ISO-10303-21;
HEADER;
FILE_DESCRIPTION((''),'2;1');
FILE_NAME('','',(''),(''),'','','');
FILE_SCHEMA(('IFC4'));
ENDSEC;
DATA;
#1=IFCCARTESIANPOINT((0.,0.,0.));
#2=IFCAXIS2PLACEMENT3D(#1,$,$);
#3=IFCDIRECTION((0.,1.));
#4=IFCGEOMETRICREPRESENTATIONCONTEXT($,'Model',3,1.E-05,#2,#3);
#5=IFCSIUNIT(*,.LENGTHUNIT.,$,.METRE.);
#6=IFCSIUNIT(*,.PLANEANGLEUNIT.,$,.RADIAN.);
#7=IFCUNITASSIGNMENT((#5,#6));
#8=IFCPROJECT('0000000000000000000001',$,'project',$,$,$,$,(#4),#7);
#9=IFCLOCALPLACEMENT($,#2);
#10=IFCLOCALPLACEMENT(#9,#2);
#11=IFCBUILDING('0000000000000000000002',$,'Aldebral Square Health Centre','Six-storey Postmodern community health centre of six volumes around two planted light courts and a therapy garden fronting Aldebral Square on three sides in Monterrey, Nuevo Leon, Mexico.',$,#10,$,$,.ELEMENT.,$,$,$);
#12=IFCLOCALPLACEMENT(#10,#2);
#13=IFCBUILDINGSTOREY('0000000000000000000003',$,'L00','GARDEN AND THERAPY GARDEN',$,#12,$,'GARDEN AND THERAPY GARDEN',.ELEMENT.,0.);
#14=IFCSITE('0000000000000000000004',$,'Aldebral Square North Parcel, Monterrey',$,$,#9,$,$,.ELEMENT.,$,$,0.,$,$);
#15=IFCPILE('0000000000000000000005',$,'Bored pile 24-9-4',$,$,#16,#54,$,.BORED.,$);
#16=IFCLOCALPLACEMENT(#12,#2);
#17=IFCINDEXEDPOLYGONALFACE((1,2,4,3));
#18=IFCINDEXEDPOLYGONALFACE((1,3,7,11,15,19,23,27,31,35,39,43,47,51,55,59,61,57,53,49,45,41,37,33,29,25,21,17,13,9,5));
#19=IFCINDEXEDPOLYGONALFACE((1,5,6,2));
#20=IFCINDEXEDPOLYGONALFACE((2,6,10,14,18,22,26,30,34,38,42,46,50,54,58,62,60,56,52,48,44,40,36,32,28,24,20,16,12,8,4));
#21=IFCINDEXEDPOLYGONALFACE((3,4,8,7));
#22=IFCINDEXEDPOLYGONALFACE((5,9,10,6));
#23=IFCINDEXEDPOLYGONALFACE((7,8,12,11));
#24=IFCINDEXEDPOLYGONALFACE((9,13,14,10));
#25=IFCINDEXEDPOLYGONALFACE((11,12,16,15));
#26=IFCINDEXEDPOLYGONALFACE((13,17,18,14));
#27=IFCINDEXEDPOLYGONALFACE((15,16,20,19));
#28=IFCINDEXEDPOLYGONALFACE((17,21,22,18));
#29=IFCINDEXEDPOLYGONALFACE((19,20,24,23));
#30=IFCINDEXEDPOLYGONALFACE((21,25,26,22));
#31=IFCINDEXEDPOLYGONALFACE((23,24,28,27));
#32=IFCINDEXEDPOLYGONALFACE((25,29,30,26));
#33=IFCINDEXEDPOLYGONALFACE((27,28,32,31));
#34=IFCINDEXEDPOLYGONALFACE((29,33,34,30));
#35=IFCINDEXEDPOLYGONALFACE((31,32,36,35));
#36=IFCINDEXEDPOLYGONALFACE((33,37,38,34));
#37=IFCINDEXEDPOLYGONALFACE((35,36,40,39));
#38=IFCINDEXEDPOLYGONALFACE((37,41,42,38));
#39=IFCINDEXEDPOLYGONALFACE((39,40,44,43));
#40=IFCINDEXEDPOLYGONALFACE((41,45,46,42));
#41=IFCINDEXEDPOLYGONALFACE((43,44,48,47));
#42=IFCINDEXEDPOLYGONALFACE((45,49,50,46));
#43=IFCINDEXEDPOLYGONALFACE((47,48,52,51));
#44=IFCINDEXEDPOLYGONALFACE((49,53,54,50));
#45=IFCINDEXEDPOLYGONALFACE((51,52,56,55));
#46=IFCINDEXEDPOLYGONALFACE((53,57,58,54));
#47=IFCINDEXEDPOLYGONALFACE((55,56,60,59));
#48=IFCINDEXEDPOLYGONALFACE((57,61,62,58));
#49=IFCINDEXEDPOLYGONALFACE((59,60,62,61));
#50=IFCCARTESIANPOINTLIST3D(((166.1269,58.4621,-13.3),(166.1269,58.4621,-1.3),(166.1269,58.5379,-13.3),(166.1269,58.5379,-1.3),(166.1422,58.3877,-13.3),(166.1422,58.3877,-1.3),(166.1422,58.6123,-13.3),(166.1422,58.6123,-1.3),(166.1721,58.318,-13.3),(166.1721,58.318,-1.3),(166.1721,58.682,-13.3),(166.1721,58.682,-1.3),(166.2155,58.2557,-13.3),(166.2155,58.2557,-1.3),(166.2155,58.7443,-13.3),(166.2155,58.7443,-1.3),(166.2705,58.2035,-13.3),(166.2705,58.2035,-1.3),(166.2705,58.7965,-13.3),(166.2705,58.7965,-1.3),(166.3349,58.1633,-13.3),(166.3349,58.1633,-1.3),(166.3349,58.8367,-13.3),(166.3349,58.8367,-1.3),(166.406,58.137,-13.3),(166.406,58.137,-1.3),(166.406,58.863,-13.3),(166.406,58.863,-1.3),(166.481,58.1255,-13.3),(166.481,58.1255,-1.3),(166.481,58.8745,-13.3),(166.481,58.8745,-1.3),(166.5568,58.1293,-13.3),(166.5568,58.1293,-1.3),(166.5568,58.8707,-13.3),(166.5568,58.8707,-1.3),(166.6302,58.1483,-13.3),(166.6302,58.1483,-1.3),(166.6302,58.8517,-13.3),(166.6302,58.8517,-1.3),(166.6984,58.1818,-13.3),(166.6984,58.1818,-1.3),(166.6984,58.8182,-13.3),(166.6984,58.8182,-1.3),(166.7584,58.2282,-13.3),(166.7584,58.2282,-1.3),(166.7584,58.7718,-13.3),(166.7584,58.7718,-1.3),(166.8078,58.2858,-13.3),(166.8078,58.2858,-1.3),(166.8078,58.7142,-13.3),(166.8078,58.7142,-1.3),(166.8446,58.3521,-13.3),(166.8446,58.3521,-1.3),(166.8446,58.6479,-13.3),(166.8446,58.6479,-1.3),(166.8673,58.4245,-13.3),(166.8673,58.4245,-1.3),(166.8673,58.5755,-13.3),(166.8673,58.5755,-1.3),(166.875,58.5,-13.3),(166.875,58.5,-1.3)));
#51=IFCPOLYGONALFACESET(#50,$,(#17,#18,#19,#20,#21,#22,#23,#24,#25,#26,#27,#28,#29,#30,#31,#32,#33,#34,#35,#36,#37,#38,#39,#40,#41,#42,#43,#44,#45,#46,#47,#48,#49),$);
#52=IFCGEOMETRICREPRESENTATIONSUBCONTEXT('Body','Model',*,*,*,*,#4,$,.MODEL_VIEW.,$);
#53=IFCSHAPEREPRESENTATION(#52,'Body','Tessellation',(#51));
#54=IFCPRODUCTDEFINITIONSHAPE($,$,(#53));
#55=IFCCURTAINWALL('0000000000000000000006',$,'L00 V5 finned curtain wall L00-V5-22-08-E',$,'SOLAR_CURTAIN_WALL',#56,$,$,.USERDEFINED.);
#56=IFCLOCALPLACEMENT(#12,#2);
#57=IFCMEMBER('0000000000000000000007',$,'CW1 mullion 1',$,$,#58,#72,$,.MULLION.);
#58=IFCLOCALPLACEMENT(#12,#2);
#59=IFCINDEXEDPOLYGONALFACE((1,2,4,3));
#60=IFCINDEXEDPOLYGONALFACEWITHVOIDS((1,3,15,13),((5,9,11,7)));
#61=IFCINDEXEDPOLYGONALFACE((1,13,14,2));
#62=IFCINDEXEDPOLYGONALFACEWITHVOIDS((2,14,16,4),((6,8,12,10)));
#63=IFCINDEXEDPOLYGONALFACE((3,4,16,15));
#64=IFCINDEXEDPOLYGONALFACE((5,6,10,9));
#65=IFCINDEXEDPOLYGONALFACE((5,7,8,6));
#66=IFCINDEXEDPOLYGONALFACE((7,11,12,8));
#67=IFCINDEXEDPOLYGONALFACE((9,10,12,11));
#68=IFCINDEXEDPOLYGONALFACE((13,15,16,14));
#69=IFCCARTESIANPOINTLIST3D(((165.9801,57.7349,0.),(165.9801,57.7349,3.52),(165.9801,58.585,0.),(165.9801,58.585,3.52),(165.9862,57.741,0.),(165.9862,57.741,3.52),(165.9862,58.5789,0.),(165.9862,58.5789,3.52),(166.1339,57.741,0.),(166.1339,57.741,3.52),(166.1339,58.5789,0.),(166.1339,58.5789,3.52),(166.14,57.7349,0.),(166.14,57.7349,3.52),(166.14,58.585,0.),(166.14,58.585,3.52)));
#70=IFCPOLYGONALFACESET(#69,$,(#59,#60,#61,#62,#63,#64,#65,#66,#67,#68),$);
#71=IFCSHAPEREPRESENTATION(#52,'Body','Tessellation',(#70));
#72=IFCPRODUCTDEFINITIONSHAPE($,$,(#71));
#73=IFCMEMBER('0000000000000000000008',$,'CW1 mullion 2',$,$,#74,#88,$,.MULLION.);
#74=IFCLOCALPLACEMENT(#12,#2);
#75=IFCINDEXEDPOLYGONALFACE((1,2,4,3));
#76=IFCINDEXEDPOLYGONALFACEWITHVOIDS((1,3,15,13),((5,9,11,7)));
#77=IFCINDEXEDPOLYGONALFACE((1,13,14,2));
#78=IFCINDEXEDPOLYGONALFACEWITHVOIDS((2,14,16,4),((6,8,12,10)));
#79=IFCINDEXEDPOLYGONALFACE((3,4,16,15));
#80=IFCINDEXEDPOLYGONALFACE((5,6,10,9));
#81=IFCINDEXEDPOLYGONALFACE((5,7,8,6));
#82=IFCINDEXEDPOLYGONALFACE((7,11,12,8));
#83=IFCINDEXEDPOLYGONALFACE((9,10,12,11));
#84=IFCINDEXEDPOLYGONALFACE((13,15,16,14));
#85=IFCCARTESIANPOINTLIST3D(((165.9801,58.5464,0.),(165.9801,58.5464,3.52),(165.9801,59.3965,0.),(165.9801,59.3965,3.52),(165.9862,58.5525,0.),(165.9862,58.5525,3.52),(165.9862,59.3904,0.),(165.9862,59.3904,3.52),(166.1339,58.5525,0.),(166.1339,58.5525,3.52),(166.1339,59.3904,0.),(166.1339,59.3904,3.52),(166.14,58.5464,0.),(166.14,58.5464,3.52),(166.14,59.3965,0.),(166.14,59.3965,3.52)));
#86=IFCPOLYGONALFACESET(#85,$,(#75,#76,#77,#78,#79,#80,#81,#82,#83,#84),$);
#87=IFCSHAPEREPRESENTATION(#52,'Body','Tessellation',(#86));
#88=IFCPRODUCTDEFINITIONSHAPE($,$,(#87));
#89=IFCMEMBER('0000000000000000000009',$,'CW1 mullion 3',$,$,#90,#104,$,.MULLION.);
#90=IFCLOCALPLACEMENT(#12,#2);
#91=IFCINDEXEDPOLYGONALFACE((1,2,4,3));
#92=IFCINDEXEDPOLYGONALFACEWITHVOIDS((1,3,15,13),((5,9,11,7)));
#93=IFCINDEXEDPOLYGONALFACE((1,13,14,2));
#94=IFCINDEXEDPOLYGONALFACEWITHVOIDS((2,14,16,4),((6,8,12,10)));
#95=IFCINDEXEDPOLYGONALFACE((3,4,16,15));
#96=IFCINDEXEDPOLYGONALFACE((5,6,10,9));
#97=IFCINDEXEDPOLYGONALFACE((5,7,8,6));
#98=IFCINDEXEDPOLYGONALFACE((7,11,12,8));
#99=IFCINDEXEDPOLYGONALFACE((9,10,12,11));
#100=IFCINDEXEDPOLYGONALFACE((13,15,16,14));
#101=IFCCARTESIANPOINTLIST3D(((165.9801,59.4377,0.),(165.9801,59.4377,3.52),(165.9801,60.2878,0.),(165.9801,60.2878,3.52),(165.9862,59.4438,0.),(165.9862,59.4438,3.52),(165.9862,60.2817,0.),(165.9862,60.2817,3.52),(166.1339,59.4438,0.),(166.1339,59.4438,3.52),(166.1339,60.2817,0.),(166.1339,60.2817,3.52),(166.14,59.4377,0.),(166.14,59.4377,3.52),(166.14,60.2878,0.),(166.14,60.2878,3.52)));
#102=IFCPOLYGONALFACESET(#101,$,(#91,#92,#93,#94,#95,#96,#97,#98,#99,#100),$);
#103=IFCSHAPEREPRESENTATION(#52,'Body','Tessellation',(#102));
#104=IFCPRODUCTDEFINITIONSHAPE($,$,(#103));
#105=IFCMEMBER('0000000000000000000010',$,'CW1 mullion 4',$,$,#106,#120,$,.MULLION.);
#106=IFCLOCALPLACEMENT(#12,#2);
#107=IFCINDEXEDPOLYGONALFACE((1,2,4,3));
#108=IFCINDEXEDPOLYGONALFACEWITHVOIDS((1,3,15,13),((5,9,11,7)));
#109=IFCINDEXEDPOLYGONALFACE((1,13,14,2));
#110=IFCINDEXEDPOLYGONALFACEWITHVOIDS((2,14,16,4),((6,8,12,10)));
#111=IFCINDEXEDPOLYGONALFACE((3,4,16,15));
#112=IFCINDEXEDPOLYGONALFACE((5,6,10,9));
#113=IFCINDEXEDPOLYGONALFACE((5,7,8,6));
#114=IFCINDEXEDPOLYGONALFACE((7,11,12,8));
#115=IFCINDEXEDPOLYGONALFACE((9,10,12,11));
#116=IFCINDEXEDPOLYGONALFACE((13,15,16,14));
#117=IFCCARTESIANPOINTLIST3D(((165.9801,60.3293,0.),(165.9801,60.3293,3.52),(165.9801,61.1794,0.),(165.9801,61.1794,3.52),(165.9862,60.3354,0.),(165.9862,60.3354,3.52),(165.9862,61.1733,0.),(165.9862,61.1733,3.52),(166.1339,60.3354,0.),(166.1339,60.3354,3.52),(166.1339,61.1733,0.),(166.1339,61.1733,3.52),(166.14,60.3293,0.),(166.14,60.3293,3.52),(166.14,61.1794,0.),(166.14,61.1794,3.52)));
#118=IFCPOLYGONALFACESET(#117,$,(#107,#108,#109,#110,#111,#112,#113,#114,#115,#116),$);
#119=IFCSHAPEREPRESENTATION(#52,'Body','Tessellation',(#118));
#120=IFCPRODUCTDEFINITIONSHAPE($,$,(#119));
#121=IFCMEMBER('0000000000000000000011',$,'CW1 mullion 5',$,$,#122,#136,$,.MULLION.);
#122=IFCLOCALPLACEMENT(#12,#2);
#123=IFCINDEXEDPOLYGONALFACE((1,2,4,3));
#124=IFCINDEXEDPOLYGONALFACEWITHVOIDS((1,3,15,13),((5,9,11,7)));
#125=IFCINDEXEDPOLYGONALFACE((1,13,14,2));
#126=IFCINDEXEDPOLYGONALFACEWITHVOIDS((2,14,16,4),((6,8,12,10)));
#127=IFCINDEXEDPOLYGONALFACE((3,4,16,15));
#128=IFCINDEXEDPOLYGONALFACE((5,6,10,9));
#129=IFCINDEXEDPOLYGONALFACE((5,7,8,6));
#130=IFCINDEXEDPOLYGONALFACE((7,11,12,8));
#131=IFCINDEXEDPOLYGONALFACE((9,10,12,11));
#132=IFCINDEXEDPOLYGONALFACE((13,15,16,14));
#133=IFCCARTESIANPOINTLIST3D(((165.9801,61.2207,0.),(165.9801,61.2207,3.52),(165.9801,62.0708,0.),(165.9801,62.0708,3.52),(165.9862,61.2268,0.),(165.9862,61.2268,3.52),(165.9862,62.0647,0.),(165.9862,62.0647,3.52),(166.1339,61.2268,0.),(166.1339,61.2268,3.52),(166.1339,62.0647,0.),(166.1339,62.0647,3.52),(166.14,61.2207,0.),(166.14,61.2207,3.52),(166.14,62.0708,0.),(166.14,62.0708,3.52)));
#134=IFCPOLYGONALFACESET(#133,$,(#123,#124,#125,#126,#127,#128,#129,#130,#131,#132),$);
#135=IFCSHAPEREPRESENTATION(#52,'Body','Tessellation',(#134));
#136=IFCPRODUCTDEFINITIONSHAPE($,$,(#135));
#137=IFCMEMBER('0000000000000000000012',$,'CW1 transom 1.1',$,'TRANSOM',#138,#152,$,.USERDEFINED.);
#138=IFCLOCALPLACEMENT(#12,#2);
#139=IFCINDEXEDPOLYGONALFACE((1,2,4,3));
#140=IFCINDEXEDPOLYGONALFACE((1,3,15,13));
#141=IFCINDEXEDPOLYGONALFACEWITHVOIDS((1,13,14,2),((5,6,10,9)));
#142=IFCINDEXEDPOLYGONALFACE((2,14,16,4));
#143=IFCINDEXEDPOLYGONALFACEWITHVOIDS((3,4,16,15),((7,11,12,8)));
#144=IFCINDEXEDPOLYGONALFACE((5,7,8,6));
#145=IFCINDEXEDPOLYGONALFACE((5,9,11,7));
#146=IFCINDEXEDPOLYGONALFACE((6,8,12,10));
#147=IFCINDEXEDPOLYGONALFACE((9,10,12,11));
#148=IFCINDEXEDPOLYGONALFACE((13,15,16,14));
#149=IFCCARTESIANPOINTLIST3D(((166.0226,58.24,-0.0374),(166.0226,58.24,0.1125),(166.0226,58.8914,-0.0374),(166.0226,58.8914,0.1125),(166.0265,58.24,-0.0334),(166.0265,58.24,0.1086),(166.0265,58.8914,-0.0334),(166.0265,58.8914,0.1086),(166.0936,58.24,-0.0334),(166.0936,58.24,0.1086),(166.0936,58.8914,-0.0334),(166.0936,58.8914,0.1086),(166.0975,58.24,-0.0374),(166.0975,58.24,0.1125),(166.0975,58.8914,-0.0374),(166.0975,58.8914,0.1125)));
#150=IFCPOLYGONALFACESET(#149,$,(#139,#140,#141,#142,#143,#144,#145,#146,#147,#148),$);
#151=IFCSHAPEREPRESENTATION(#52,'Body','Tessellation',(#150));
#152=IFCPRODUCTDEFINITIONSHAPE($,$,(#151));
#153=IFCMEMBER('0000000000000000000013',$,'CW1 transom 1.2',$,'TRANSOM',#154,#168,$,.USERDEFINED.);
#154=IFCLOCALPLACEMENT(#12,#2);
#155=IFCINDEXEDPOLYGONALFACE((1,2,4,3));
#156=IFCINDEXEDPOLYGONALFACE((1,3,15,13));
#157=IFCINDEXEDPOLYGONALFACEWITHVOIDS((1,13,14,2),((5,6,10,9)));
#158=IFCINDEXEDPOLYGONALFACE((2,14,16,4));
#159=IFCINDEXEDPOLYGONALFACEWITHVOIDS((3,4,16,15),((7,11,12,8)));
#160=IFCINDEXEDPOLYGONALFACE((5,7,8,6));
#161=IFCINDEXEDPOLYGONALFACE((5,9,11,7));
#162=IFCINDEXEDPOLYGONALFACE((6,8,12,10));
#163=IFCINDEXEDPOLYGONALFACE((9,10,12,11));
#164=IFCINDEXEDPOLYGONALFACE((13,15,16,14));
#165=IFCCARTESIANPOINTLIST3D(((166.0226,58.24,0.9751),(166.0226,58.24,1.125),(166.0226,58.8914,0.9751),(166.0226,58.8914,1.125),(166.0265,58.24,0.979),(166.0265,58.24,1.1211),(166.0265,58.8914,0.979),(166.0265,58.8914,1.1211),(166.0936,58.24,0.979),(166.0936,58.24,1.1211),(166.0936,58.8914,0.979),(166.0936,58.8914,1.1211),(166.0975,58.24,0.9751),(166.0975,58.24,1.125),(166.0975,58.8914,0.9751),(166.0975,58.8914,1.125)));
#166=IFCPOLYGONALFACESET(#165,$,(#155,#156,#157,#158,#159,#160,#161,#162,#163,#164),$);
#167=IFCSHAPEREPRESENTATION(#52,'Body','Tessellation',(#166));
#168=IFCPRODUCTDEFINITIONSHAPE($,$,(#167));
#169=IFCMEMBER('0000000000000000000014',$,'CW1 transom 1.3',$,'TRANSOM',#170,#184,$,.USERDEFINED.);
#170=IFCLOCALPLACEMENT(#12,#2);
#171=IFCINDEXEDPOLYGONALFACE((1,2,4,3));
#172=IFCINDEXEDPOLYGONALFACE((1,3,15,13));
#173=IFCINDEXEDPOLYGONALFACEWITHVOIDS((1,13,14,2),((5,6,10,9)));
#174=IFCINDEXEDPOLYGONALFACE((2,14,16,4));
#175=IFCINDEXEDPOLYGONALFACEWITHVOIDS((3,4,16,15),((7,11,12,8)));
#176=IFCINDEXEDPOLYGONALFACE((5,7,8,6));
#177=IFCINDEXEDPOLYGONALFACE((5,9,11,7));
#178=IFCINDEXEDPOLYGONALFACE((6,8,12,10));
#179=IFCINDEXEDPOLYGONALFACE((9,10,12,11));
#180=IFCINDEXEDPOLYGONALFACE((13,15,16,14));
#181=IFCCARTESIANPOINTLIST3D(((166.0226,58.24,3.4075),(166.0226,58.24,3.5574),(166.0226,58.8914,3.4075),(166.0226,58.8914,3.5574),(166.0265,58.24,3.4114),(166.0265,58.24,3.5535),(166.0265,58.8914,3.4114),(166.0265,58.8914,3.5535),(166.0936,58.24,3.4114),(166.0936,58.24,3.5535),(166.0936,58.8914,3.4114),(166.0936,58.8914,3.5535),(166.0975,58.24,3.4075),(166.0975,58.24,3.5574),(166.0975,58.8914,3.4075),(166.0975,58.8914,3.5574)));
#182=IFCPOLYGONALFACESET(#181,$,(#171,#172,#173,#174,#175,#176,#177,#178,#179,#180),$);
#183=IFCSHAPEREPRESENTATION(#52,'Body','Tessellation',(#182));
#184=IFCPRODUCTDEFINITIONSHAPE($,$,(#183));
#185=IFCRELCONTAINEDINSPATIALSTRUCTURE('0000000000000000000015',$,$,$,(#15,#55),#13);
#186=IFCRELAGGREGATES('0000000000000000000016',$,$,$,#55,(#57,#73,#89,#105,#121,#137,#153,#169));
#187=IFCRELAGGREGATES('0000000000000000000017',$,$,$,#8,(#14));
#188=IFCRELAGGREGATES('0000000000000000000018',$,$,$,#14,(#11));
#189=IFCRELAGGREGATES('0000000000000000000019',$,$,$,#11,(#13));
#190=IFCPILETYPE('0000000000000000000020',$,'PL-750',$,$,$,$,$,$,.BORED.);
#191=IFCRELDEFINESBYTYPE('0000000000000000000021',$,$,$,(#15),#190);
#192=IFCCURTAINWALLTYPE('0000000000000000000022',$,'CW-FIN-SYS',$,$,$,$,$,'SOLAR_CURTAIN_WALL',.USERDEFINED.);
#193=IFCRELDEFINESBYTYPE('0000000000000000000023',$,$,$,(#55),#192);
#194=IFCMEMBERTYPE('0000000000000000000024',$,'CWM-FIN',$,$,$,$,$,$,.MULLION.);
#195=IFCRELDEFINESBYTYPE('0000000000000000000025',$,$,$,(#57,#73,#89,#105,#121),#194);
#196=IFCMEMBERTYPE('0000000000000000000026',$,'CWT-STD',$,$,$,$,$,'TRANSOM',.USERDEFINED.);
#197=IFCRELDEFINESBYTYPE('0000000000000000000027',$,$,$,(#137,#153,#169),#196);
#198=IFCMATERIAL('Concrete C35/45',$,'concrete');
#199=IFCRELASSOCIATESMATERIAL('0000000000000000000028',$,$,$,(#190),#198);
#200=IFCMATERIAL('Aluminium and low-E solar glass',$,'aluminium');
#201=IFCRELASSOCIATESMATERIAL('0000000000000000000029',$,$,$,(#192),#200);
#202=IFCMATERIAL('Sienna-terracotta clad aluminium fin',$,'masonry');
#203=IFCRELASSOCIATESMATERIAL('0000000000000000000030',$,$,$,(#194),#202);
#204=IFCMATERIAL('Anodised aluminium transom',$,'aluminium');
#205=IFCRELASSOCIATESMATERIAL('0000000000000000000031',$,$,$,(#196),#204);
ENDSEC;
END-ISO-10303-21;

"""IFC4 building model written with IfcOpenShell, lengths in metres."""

from ifc_helpers import new_model, si_unit, direction, frame, origin, origin_2d, place, context, subcontext, project, spatial, hollow_rectangle, circle, extrude, material, material_profile, profile_set, type_object, element, aggregate, save


model = new_model("IFC4")

# Units and contexts
model_context = context("Model", 3, precision=1e-05, world=origin(), true_north=direction((0.0, 1.0)))
body_context = subcontext(model_context, "Body", "Model", "MODEL_VIEW")
ifc_project = project(units=[si_unit("LENGTHUNIT", "METRE"), si_unit("PLANEANGLEUNIT", "RADIAN")], contexts=[model_context])

# Site, building, storey
site_placement = place(None, origin())
site = spatial("IfcSite", under=ifc_project, at=site_placement, Name="Aldebral Square North Parcel, Monterrey", CompositionType="ELEMENT", RefElevation=0.0)
building_placement = place(site_placement, origin())
building = spatial("IfcBuilding", under=site, at=building_placement, Name="Aldebral Square Health Centre", Description="Six-storey Postmodern community health centre of six volumes around two planted light courts and a therapy garden fronting Aldebral Square on three sides in Monterrey, Nuevo Leon, Mexico.", CompositionType="ELEMENT")
storey_placement = place(building_placement, origin())
storey = spatial("IfcBuildingStorey", under=building, at=storey_placement, Name="L00", Description="GARDEN AND THERAPY GARDEN", LongName="GARDEN AND THERAPY GARDEN", CompositionType="ELEMENT", Elevation=0.0)

# Pile
ifc_material_1 = material(Name="Concrete C35/45", Category="concrete")
ifc_material_profile_1 = material_profile(ifc_material_1, circle(Radius=0.375, at=origin_2d()), Name="PILE D750")
ifc_profile_set_1 = profile_set([ifc_material_profile_1], Name="Concrete C35/45")
pile_type = type_object("IfcPileType", Name="PL-750", PredefinedType="BORED", material=ifc_profile_set_1)
pile_placement = place(storey_placement, frame((166.5, 58.5, -1.3), z_axis=(0.0, 0.0, -1.0), x_axis=(1.0, 0.0, 0.0)))
element("IfcPile", 1, at=pile_placement, inside=storey, type_object=pile_type, Name="Bored pile 24-9-4", PredefinedType="BORED", context=body_context, shape_type="SweptSolid", body=[
    extrude(circle(Radius=0.375, at=origin_2d()), origin(), (0.0, 0.0, 1.0), 12.0),
])

# Curtain wall, members
ifc_material_2 = material(Name="Aluminium and low-E solar glass", Category="aluminium")
curtain_wall_type = type_object("IfcCurtainWallType", Name="CW-FIN-SYS", ElementType="SOLAR_CURTAIN_WALL", PredefinedType="USERDEFINED", material=ifc_material_2)
curtain_wall_placement = place(storey_placement, origin())
curtain_wall = element("IfcCurtainWall", 2, at=curtain_wall_placement, inside=storey, type_object=curtain_wall_type, Name="L00 V5 finned curtain wall L00-V5-22-08-E", ObjectType="SOLAR_CURTAIN_WALL", PredefinedType="USERDEFINED")
ifc_material_3 = material(Name="Sienna-terracotta clad aluminium fin", Category="masonry")
ifc_material_profile_2 = material_profile(ifc_material_3, hollow_rectangle(XDim=0.1599, YDim=0.8501, WallThickness=0.0061, at=origin_2d()), Name="FIN 160x850x6")
ifc_profile_set_2 = profile_set([ifc_material_profile_2], Name="Sienna-terracotta clad aluminium fin")
member_type_1 = type_object("IfcMemberType", Name="CWM-FIN", PredefinedType="MULLION", material=ifc_profile_set_2)
member_1_placement = place(storey_placement, frame((166.0601, 58.1599, 0.0), z_axis=(0.0, 0.0, 1.0), x_axis=(-1.0, 0.0, 0.0)))
member_1 = element("IfcMember", 3, at=member_1_placement, type_object=member_type_1, Name="CW1 mullion 1", PredefinedType="MULLION", context=body_context, shape_type="SweptSolid", body=[
    extrude(hollow_rectangle(XDim=0.1599, YDim=0.8501, WallThickness=0.0061, at=origin_2d()), origin(), (0.0, 0.0, 1.0), 3.52),
])
member_2_placement = place(storey_placement, frame((166.0601, 58.9714, 0.0), z_axis=(0.0, 0.0, 1.0), x_axis=(-1.0, 0.0, 0.0)))
member_2 = element("IfcMember", 4, at=member_2_placement, type_object=member_type_1, Name="CW1 mullion 2", PredefinedType="MULLION", context=body_context, shape_type="SweptSolid", body=[
    extrude(hollow_rectangle(XDim=0.1599, YDim=0.8501, WallThickness=0.0061, at=origin_2d()), origin(), (0.0, 0.0, 1.0), 3.52),
])
member_3_placement = place(storey_placement, frame((166.0601, 59.8628, 0.0), z_axis=(0.0, 0.0, 1.0), x_axis=(-1.0, 0.0, 0.0)))
member_3 = element("IfcMember", 5, at=member_3_placement, type_object=member_type_1, Name="CW1 mullion 3", PredefinedType="MULLION", context=body_context, shape_type="SweptSolid", body=[
    extrude(hollow_rectangle(XDim=0.1599, YDim=0.8501, WallThickness=0.0061, at=origin_2d()), origin(), (0.0, 0.0, 1.0), 3.52),
])
member_4_placement = place(storey_placement, frame((166.0601, 60.7544, 0.0), z_axis=(0.0, 0.0, 1.0), x_axis=(-1.0, 0.0, 0.0)))
member_4 = element("IfcMember", 6, at=member_4_placement, type_object=member_type_1, Name="CW1 mullion 4", PredefinedType="MULLION", context=body_context, shape_type="SweptSolid", body=[
    extrude(hollow_rectangle(XDim=0.1599, YDim=0.8501, WallThickness=0.0061, at=origin_2d()), origin(), (0.0, 0.0, 1.0), 3.52),
])
member_5_placement = place(storey_placement, frame((166.0601, 61.6458, 0.0), z_axis=(0.0, 0.0, 1.0), x_axis=(-1.0, 0.0, 0.0)))
member_5 = element("IfcMember", 7, at=member_5_placement, type_object=member_type_1, Name="CW1 mullion 5", PredefinedType="MULLION", context=body_context, shape_type="SweptSolid", body=[
    extrude(hollow_rectangle(XDim=0.1599, YDim=0.8501, WallThickness=0.0061, at=origin_2d()), origin(), (0.0, 0.0, 1.0), 3.52),
])
ifc_material_4 = material(Name="Anodised aluminium transom", Category="aluminium")
ifc_material_profile_3 = material_profile(ifc_material_4, hollow_rectangle(XDim=0.075, YDim=0.1499, WallThickness=0.0039, at=origin_2d()), Name="CWT 75x150x4")
ifc_profile_set_3 = profile_set([ifc_material_profile_3], Name="Anodised aluminium transom")
member_type_2 = type_object("IfcMemberType", Name="CWT-STD", ElementType="TRANSOM", PredefinedType="USERDEFINED", material=ifc_profile_set_3)
member_6_placement = place(storey_placement, frame((166.0601, 58.24, 0.0376), z_axis=(0.0, 1.0, 0.0), x_axis=(-1.0, 0.0, 0.0)))
member_6 = element("IfcMember", 8, at=member_6_placement, type_object=member_type_2, Name="CW1 transom 1.1", ObjectType="TRANSOM", PredefinedType="USERDEFINED", context=body_context, shape_type="SweptSolid", body=[
    extrude(hollow_rectangle(XDim=0.075, YDim=0.1499, WallThickness=0.0039, at=origin_2d()), origin(), (0.0, 0.0, 1.0), 0.6514),
])
member_7_placement = place(storey_placement, frame((166.0601, 58.24, 1.05), z_axis=(0.0, 1.0, 0.0), x_axis=(-1.0, 0.0, 0.0)))
member_7 = element("IfcMember", 9, at=member_7_placement, type_object=member_type_2, Name="CW1 transom 1.2", ObjectType="TRANSOM", PredefinedType="USERDEFINED", context=body_context, shape_type="SweptSolid", body=[
    extrude(hollow_rectangle(XDim=0.075, YDim=0.1499, WallThickness=0.0039, at=origin_2d()), origin(), (0.0, 0.0, 1.0), 0.6514),
])
member_8_placement = place(storey_placement, frame((166.0601, 58.24, 3.4824), z_axis=(0.0, 1.0, 0.0), x_axis=(-1.0, 0.0, 0.0)))
member_8 = element("IfcMember", 10, at=member_8_placement, type_object=member_type_2, Name="CW1 transom 1.3", ObjectType="TRANSOM", PredefinedType="USERDEFINED", context=body_context, shape_type="SweptSolid", body=[
    extrude(hollow_rectangle(XDim=0.075, YDim=0.1499, WallThickness=0.0039, at=origin_2d()), origin(), (0.0, 0.0, 1.0), 0.6514),
])
aggregate(curtain_wall, [member_1, member_2, member_3, member_4, member_5, member_6, member_7, member_8])

save(model, "model.ifc")
